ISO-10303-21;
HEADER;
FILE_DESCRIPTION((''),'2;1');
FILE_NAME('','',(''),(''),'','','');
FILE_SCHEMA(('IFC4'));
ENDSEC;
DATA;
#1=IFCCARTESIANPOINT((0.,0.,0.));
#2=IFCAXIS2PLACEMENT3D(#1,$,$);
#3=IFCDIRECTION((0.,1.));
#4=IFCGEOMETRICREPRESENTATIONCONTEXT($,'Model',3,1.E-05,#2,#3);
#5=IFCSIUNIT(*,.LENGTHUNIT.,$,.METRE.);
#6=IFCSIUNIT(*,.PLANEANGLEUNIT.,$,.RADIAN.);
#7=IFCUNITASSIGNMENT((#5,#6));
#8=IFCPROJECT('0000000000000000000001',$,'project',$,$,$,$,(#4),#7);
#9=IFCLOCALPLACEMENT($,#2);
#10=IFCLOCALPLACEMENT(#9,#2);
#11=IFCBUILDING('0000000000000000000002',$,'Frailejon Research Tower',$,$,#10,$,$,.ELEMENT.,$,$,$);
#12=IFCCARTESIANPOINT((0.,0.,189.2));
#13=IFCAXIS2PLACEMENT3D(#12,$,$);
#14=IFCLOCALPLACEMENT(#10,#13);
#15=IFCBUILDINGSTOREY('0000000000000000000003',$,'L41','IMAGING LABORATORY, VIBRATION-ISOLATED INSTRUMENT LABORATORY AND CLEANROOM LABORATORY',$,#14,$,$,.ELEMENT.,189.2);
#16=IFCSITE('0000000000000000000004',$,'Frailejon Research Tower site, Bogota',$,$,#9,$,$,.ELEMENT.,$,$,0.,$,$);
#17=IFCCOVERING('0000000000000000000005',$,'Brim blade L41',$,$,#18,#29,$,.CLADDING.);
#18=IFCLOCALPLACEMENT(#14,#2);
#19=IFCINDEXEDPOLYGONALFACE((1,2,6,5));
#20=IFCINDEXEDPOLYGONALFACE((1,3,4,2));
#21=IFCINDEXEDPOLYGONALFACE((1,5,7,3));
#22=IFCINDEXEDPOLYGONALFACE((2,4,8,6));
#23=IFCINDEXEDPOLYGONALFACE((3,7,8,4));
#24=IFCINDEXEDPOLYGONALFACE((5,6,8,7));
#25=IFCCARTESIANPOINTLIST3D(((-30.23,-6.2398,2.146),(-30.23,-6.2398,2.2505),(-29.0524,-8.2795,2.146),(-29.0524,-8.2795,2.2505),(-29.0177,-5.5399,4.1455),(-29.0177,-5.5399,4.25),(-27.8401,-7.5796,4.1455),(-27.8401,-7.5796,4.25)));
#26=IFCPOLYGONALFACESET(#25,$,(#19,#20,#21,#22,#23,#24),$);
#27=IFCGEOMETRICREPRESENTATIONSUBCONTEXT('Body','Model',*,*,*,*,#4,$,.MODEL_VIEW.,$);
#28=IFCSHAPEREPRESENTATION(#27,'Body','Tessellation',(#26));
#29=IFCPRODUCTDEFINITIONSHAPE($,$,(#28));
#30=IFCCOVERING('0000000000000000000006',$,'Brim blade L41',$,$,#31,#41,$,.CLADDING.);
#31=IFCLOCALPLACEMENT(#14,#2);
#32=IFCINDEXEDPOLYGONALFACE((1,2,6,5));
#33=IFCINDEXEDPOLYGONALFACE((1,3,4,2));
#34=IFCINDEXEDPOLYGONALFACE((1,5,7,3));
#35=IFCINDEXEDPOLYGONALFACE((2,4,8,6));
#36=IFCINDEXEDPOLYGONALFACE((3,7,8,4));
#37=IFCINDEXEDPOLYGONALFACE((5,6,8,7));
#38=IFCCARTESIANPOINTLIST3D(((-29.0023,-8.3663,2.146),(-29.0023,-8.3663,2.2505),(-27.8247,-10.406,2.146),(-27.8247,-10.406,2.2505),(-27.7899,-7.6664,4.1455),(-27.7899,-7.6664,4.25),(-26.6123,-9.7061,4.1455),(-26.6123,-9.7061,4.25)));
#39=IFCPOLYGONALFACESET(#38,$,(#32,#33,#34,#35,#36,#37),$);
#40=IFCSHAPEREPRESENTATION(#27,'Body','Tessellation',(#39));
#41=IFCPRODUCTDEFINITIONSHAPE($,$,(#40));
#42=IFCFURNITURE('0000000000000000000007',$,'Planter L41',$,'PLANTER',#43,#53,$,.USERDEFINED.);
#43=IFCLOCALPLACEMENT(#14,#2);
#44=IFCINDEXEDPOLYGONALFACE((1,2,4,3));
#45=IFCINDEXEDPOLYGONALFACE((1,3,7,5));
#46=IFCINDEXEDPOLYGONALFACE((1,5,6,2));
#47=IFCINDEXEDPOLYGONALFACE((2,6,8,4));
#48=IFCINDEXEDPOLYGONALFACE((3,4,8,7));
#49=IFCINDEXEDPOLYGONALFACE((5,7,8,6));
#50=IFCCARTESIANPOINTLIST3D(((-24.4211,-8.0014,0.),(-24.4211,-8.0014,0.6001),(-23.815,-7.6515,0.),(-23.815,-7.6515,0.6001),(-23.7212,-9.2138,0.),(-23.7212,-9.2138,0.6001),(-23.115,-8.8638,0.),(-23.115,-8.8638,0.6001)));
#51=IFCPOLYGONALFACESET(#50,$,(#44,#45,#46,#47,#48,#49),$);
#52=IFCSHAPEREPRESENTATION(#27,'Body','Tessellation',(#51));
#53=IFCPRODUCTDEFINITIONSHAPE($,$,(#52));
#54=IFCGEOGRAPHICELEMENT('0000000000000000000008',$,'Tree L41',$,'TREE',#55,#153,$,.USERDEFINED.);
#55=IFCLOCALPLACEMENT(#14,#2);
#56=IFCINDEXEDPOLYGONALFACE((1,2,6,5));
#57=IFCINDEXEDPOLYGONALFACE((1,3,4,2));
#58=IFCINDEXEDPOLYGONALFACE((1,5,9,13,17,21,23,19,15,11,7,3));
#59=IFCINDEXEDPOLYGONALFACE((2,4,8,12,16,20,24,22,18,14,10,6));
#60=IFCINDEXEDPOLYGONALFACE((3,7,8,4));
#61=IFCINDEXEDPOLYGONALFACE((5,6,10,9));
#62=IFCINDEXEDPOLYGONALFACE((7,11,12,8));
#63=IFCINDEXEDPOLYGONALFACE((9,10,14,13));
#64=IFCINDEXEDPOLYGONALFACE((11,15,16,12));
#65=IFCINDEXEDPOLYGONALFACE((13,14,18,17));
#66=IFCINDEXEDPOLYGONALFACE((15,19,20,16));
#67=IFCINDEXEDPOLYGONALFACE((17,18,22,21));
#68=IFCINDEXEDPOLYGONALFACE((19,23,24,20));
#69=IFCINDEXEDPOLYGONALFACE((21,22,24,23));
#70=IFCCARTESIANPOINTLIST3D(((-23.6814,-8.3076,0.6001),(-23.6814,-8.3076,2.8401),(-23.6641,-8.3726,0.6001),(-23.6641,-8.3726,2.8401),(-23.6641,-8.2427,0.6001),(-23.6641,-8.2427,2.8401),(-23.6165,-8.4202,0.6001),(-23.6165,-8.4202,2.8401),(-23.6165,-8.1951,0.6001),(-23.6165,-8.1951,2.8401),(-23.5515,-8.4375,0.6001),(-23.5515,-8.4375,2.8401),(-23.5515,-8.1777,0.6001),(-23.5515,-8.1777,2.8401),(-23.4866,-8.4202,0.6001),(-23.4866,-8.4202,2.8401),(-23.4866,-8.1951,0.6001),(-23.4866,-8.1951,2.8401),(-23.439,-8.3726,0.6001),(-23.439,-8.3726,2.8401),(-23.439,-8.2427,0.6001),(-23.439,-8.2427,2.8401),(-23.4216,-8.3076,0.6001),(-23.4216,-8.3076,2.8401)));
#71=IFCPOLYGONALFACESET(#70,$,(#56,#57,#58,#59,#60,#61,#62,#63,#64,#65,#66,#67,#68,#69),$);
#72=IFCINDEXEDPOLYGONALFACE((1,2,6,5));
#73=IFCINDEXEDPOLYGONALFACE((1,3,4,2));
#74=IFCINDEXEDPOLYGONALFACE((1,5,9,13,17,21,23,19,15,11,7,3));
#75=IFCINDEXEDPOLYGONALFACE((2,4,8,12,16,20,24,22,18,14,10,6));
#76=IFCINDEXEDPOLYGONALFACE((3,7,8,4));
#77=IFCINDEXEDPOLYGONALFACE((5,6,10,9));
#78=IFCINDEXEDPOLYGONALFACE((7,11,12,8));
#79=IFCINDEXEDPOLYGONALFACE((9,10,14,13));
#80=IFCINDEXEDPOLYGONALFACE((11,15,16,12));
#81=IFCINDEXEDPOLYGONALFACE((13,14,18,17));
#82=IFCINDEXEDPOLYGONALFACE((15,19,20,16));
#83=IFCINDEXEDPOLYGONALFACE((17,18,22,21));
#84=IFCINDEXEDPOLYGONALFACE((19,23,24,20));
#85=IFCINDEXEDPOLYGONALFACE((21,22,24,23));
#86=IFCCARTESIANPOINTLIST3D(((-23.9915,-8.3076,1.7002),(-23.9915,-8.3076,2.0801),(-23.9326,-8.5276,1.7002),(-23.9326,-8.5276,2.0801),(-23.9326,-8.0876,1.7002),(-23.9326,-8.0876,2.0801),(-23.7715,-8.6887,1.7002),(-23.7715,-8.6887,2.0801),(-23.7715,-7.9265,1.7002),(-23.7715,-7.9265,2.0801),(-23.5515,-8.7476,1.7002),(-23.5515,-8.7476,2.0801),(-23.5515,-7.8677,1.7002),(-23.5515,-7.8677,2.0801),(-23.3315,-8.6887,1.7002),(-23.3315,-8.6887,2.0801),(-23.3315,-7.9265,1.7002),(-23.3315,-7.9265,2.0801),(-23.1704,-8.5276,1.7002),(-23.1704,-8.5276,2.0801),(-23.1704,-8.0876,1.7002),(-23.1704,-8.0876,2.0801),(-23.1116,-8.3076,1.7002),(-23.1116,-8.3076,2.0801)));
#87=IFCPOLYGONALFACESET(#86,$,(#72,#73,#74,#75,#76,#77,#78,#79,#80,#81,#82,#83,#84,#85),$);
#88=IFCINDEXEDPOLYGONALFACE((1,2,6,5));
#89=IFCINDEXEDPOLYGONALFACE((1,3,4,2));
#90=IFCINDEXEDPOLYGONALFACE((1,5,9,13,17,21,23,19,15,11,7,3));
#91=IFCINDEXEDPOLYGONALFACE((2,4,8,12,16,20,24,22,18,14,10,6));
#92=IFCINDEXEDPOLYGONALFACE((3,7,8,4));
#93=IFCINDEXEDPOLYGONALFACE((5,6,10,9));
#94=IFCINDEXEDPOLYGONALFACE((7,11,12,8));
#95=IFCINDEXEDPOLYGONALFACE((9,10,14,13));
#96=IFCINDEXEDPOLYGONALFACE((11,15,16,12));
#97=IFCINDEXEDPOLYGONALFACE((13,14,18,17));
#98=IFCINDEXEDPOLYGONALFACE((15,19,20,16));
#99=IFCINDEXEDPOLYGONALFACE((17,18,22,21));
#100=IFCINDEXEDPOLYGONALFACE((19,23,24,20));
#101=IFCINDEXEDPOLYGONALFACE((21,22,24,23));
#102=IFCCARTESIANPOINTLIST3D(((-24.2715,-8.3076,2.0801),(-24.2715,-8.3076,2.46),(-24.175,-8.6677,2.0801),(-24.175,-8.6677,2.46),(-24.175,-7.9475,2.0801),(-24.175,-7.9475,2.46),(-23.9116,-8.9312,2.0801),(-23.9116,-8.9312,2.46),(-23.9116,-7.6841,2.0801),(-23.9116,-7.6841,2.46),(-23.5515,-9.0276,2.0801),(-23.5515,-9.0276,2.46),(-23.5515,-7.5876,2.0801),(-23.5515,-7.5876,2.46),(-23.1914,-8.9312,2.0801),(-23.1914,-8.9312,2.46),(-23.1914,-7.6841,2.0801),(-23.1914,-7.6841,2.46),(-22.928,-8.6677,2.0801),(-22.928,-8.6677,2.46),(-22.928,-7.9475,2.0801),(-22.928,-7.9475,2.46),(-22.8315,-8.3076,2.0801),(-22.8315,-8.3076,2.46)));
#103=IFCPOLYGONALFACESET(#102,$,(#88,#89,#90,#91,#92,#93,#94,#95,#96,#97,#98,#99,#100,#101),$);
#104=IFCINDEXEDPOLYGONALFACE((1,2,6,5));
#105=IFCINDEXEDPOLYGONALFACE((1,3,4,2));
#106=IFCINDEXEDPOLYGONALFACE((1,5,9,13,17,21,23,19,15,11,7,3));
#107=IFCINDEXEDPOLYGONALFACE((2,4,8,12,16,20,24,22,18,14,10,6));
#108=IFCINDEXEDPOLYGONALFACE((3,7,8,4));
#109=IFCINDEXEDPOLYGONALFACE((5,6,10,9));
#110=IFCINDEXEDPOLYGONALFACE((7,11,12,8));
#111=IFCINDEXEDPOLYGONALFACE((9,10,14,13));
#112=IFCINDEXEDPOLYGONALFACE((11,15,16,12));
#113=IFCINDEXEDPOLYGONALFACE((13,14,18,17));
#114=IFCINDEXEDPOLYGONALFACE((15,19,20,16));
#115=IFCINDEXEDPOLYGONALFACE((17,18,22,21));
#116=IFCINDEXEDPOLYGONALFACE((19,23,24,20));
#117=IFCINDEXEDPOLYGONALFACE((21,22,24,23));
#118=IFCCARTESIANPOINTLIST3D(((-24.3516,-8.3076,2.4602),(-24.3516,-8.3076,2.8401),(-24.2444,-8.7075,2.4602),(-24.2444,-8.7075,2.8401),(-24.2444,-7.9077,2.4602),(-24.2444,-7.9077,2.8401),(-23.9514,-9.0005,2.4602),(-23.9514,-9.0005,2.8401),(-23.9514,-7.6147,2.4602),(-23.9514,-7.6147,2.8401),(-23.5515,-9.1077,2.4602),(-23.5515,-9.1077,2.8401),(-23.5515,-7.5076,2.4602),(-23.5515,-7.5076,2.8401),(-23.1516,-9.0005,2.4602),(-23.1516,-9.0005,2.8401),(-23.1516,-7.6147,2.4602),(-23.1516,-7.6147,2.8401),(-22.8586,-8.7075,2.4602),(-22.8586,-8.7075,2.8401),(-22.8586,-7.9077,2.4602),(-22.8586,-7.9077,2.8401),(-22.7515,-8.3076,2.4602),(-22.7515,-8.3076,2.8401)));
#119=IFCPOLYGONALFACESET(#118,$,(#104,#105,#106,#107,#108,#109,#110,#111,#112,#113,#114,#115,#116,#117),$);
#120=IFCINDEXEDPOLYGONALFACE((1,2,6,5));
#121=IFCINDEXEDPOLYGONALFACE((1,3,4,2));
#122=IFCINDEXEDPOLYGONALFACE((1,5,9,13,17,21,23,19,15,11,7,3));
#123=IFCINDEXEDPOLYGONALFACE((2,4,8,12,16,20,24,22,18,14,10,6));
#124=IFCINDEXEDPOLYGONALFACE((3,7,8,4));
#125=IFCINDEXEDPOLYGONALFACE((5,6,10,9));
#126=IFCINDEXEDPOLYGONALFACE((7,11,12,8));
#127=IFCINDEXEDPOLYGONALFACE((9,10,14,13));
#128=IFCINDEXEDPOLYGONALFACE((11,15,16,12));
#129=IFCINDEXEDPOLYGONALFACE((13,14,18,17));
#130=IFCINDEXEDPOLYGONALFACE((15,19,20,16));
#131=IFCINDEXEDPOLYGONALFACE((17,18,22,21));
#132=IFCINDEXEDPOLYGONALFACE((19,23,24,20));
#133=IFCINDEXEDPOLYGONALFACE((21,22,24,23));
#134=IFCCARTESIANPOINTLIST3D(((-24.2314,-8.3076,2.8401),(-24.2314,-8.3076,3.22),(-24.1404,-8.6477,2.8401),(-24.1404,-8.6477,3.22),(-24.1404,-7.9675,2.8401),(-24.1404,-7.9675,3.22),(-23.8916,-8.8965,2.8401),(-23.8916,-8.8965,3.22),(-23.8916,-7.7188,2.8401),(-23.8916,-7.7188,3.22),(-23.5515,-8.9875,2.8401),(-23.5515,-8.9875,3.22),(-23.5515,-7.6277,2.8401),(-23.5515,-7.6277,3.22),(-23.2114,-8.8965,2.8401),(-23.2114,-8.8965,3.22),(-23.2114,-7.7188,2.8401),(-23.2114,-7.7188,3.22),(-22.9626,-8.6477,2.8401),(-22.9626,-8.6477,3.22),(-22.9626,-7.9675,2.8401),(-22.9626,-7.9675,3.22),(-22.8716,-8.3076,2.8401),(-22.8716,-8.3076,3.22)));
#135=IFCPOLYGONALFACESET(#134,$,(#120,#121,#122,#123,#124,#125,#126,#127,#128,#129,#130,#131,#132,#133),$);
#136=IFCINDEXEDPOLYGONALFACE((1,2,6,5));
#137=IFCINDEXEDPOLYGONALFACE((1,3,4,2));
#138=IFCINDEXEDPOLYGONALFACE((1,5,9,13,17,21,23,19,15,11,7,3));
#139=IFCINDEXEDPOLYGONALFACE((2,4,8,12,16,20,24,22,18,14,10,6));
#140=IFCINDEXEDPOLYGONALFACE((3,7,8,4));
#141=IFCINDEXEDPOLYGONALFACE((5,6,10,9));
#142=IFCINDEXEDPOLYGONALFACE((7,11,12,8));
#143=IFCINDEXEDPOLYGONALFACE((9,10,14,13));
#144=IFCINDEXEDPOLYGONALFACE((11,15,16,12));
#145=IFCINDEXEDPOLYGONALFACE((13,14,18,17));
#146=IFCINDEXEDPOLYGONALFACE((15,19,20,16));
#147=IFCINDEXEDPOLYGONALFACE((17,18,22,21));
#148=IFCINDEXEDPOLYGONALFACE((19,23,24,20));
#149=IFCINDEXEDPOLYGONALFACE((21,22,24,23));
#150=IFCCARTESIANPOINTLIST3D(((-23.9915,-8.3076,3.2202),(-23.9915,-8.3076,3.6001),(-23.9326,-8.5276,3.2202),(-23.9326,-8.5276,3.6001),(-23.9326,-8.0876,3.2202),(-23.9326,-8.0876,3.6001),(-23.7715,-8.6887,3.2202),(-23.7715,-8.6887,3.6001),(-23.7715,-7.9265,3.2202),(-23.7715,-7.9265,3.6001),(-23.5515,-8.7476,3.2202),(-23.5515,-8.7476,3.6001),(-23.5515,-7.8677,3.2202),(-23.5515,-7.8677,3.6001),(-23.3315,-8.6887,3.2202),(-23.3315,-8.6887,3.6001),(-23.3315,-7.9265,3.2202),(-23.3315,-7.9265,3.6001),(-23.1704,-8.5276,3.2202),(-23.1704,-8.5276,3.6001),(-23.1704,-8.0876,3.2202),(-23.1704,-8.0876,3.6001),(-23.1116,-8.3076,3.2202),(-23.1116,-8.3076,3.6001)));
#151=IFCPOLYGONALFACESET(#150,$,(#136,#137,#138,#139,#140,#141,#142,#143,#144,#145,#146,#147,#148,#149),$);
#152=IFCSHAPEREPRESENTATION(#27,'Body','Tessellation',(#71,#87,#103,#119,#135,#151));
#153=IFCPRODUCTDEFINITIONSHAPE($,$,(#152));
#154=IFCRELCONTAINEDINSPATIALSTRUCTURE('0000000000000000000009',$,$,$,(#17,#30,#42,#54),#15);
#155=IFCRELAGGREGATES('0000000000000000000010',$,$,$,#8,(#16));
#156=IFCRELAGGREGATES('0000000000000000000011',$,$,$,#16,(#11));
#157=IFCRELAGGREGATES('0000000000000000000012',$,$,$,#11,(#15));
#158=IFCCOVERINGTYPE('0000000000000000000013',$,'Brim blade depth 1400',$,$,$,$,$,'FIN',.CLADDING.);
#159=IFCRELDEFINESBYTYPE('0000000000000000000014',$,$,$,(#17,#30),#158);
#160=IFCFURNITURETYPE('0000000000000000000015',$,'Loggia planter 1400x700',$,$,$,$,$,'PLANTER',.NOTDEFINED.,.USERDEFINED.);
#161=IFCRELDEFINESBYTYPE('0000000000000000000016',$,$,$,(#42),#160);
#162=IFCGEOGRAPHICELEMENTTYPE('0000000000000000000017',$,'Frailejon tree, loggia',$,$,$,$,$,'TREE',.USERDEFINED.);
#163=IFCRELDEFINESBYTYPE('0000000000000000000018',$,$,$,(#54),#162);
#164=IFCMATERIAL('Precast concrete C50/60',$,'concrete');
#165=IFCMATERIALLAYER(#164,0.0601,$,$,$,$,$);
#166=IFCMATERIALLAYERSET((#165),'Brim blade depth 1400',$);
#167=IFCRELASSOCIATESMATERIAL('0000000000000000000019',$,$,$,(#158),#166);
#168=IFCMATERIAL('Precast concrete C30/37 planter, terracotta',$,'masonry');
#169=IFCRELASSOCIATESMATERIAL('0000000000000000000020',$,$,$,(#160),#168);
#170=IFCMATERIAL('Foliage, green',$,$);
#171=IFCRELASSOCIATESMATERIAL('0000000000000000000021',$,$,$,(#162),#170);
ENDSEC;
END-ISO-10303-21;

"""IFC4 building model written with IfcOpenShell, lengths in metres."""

from ifc_helpers import new_model, si_unit, direction, frame, origin, origin_2d, place, context, subcontext, project, spatial, polyline, rectangle, outline, extrude, material, layer, layer_set, type_object, element, save


model = new_model("IFC4")

# Units and contexts
model_context = context("Model", 3, precision=1e-05, world=origin(), true_north=direction((0.0, 1.0)))
body_context = subcontext(model_context, "Body", "Model", "MODEL_VIEW")
ifc_project = project(units=[si_unit("LENGTHUNIT", "METRE"), si_unit("PLANEANGLEUNIT", "RADIAN")], contexts=[model_context])

# Site, building, storey
site_placement = place(None, origin())
site = spatial("IfcSite", under=ifc_project, at=site_placement, Name="Frailejon Research Tower site, Bogota", CompositionType="ELEMENT", RefElevation=0.0)
building_placement = place(site_placement, origin())
building = spatial("IfcBuilding", under=site, at=building_placement, Name="Frailejon Research Tower", CompositionType="ELEMENT")
storey_placement = place(building_placement, frame((0.0, 0.0, 189.2)))
storey = spatial("IfcBuildingStorey", under=building, at=storey_placement, Name="L41", Description="IMAGING LABORATORY, VIBRATION-ISOLATED INSTRUMENT LABORATORY AND CLEANROOM LABORATORY", CompositionType="ELEMENT", Elevation=189.2)

# Coverings
ifc_material_1 = material(Name="Precast concrete C50/60", Category="concrete")
ifc_layer_1 = layer(ifc_material_1, 0.0601)
ifc_layer_set_1 = layer_set([ifc_layer_1], Name="Brim blade depth 1400")
covering_type = type_object("IfcCoveringType", Name="Brim blade depth 1400", ElementType="FIN", PredefinedType="CLADDING", material=ifc_layer_set_1)
for number, where, z_axis, x_axis, name in (
    (1, (-27.8401, -7.5796, 4.25), (-0.499997, 0.866027, 0.0), (-0.866027, -0.499997, 0.0), "Brim blade L41"),
    (2, (-26.6123, -9.7061, 4.25), (-0.499997, 0.866027, 0.0), (-0.866027, -0.499997, 0.0), "Brim blade L41"),
):
    element("IfcCovering", number, at=place(storey_placement, frame(where, z_axis=z_axis, x_axis=x_axis)), inside=storey, type_object=covering_type, Name=name, PredefinedType="CLADDING", context=body_context, shape_type="SweptSolid", body=[
        extrude(outline(polyline([(0.0, -0.1045), (1.3999, -2.104), (1.3999, -1.9995), (0.0, 0.0), (0.0, -0.1045)])), origin(), (0.0, 0.0, 1.0), 2.3552),
    ])

# Furniture
ifc_material_2 = material(Name="Precast concrete C30/37 planter, terracotta", Category="masonry")
furniture_type = type_object("IfcFurnitureType", Name="Loggia planter 1400x700", ElementType="PLANTER", AssemblyPlace="NOTDEFINED", PredefinedType="USERDEFINED", material=ifc_material_2)
furniture_placement = place(storey_placement, frame((-23.7681, -8.4326, 0.0), z_axis=(0.0, 0.0, 1.0), x_axis=(0.5, -0.866025, 0.0)))
element("IfcFurniture", 3, at=furniture_placement, inside=storey, type_object=furniture_type, Name="Planter L41", ObjectType="PLANTER", PredefinedType="USERDEFINED", context=body_context, shape_type="SweptSolid", body=[
    extrude(rectangle(XDim=1.3999, YDim=0.7, at=origin_2d()), origin(), (0.0, 0.0, 1.0), 0.6001),
])

# Geographic element
ifc_material_3 = material(Name="Foliage, green")
geographic_element_type = type_object("IfcGeographicElementType", Name="Frailejon tree, loggia", ElementType="TREE", PredefinedType="USERDEFINED", material=ifc_material_3)
geographic_element_placement = place(storey_placement, frame((-23.5515, -8.3076, 0.6001)))
element("IfcGeographicElement", 4, at=geographic_element_placement, inside=storey, type_object=geographic_element_type, Name="Tree L41", ObjectType="TREE", PredefinedType="USERDEFINED", context=body_context, shape_type="SweptSolid", body=[
    extrude(outline(polyline([(0.1299, 0.0), (0.1125, 0.0649), (0.0649, 0.1125), (0.0, 0.1299), (-0.0649, 0.1125), (-0.1125, 0.0649), (-0.1299, 0.0), (-0.1125, -0.0649), (-0.0649, -0.1125), (0.0, -0.1299), (0.0649, -0.1125), (0.1125, -0.0649), (0.1299, 0.0)])), origin(), (0.0, 0.0, 1.0), 2.24),
    extrude(outline(polyline([(0.4399, 0.0), (0.3811, 0.22), (0.22, 0.3811), (0.0, 0.4399), (-0.22, 0.3811), (-0.3811, 0.22), (-0.4399, 0.0), (-0.3811, -0.22), (-0.22, -0.3811), (0.0, -0.4399), (0.22, -0.3811), (0.3811, -0.22), (0.4399, 0.0)])), frame((0.0, 0.0, 1.1001)), (0.0, 0.0, 1.0), 0.3799),
    extrude(outline(polyline([(0.72, 0.0), (0.6235, 0.3601), (0.3601, 0.6235), (0.0, 0.72), (-0.3601, 0.6235), (-0.6235, 0.3601), (-0.72, 0.0), (-0.6235, -0.3601), (-0.3601, -0.6235), (0.0, -0.72), (0.3601, -0.6235), (0.6235, -0.3601), (0.72, 0.0)])), frame((0.0, 0.0, 1.48)), (0.0, 0.0, 1.0), 0.3799),
    extrude(outline(polyline([(0.8, 0.0), (0.6929, 0.3999), (0.3999, 0.6929), (0.0, 0.8), (-0.3999, 0.6929), (-0.6929, 0.3999), (-0.8, 0.0), (-0.6929, -0.3999), (-0.3999, -0.6929), (0.0, -0.8), (0.3999, -0.6929), (0.6929, -0.3999), (0.8, 0.0)])), frame((0.0, 0.0, 1.8601)), (0.0, 0.0, 1.0), 0.3799),
    extrude(outline(polyline([(0.6799, 0.0), (0.5889, 0.3401), (0.3401, 0.5889), (0.0, 0.6799), (-0.3401, 0.5889), (-0.5889, 0.3401), (-0.6799, 0.0), (-0.5889, -0.3401), (-0.3401, -0.5889), (0.0, -0.6799), (0.3401, -0.5889), (0.5889, -0.3401), (0.6799, 0.0)])), frame((0.0, 0.0, 2.24)), (0.0, 0.0, 1.0), 0.3799),
    extrude(outline(polyline([(0.4399, 0.0), (0.3811, 0.22), (0.22, 0.3811), (0.0, 0.4399), (-0.22, 0.3811), (-0.3811, 0.22), (-0.4399, 0.0), (-0.3811, -0.22), (-0.22, -0.3811), (0.0, -0.4399), (0.22, -0.3811), (0.3811, -0.22), (0.4399, 0.0)])), frame((0.0, 0.0, 2.6201)), (0.0, 0.0, 1.0), 0.3799),
])

save(model, "model.ifc")
